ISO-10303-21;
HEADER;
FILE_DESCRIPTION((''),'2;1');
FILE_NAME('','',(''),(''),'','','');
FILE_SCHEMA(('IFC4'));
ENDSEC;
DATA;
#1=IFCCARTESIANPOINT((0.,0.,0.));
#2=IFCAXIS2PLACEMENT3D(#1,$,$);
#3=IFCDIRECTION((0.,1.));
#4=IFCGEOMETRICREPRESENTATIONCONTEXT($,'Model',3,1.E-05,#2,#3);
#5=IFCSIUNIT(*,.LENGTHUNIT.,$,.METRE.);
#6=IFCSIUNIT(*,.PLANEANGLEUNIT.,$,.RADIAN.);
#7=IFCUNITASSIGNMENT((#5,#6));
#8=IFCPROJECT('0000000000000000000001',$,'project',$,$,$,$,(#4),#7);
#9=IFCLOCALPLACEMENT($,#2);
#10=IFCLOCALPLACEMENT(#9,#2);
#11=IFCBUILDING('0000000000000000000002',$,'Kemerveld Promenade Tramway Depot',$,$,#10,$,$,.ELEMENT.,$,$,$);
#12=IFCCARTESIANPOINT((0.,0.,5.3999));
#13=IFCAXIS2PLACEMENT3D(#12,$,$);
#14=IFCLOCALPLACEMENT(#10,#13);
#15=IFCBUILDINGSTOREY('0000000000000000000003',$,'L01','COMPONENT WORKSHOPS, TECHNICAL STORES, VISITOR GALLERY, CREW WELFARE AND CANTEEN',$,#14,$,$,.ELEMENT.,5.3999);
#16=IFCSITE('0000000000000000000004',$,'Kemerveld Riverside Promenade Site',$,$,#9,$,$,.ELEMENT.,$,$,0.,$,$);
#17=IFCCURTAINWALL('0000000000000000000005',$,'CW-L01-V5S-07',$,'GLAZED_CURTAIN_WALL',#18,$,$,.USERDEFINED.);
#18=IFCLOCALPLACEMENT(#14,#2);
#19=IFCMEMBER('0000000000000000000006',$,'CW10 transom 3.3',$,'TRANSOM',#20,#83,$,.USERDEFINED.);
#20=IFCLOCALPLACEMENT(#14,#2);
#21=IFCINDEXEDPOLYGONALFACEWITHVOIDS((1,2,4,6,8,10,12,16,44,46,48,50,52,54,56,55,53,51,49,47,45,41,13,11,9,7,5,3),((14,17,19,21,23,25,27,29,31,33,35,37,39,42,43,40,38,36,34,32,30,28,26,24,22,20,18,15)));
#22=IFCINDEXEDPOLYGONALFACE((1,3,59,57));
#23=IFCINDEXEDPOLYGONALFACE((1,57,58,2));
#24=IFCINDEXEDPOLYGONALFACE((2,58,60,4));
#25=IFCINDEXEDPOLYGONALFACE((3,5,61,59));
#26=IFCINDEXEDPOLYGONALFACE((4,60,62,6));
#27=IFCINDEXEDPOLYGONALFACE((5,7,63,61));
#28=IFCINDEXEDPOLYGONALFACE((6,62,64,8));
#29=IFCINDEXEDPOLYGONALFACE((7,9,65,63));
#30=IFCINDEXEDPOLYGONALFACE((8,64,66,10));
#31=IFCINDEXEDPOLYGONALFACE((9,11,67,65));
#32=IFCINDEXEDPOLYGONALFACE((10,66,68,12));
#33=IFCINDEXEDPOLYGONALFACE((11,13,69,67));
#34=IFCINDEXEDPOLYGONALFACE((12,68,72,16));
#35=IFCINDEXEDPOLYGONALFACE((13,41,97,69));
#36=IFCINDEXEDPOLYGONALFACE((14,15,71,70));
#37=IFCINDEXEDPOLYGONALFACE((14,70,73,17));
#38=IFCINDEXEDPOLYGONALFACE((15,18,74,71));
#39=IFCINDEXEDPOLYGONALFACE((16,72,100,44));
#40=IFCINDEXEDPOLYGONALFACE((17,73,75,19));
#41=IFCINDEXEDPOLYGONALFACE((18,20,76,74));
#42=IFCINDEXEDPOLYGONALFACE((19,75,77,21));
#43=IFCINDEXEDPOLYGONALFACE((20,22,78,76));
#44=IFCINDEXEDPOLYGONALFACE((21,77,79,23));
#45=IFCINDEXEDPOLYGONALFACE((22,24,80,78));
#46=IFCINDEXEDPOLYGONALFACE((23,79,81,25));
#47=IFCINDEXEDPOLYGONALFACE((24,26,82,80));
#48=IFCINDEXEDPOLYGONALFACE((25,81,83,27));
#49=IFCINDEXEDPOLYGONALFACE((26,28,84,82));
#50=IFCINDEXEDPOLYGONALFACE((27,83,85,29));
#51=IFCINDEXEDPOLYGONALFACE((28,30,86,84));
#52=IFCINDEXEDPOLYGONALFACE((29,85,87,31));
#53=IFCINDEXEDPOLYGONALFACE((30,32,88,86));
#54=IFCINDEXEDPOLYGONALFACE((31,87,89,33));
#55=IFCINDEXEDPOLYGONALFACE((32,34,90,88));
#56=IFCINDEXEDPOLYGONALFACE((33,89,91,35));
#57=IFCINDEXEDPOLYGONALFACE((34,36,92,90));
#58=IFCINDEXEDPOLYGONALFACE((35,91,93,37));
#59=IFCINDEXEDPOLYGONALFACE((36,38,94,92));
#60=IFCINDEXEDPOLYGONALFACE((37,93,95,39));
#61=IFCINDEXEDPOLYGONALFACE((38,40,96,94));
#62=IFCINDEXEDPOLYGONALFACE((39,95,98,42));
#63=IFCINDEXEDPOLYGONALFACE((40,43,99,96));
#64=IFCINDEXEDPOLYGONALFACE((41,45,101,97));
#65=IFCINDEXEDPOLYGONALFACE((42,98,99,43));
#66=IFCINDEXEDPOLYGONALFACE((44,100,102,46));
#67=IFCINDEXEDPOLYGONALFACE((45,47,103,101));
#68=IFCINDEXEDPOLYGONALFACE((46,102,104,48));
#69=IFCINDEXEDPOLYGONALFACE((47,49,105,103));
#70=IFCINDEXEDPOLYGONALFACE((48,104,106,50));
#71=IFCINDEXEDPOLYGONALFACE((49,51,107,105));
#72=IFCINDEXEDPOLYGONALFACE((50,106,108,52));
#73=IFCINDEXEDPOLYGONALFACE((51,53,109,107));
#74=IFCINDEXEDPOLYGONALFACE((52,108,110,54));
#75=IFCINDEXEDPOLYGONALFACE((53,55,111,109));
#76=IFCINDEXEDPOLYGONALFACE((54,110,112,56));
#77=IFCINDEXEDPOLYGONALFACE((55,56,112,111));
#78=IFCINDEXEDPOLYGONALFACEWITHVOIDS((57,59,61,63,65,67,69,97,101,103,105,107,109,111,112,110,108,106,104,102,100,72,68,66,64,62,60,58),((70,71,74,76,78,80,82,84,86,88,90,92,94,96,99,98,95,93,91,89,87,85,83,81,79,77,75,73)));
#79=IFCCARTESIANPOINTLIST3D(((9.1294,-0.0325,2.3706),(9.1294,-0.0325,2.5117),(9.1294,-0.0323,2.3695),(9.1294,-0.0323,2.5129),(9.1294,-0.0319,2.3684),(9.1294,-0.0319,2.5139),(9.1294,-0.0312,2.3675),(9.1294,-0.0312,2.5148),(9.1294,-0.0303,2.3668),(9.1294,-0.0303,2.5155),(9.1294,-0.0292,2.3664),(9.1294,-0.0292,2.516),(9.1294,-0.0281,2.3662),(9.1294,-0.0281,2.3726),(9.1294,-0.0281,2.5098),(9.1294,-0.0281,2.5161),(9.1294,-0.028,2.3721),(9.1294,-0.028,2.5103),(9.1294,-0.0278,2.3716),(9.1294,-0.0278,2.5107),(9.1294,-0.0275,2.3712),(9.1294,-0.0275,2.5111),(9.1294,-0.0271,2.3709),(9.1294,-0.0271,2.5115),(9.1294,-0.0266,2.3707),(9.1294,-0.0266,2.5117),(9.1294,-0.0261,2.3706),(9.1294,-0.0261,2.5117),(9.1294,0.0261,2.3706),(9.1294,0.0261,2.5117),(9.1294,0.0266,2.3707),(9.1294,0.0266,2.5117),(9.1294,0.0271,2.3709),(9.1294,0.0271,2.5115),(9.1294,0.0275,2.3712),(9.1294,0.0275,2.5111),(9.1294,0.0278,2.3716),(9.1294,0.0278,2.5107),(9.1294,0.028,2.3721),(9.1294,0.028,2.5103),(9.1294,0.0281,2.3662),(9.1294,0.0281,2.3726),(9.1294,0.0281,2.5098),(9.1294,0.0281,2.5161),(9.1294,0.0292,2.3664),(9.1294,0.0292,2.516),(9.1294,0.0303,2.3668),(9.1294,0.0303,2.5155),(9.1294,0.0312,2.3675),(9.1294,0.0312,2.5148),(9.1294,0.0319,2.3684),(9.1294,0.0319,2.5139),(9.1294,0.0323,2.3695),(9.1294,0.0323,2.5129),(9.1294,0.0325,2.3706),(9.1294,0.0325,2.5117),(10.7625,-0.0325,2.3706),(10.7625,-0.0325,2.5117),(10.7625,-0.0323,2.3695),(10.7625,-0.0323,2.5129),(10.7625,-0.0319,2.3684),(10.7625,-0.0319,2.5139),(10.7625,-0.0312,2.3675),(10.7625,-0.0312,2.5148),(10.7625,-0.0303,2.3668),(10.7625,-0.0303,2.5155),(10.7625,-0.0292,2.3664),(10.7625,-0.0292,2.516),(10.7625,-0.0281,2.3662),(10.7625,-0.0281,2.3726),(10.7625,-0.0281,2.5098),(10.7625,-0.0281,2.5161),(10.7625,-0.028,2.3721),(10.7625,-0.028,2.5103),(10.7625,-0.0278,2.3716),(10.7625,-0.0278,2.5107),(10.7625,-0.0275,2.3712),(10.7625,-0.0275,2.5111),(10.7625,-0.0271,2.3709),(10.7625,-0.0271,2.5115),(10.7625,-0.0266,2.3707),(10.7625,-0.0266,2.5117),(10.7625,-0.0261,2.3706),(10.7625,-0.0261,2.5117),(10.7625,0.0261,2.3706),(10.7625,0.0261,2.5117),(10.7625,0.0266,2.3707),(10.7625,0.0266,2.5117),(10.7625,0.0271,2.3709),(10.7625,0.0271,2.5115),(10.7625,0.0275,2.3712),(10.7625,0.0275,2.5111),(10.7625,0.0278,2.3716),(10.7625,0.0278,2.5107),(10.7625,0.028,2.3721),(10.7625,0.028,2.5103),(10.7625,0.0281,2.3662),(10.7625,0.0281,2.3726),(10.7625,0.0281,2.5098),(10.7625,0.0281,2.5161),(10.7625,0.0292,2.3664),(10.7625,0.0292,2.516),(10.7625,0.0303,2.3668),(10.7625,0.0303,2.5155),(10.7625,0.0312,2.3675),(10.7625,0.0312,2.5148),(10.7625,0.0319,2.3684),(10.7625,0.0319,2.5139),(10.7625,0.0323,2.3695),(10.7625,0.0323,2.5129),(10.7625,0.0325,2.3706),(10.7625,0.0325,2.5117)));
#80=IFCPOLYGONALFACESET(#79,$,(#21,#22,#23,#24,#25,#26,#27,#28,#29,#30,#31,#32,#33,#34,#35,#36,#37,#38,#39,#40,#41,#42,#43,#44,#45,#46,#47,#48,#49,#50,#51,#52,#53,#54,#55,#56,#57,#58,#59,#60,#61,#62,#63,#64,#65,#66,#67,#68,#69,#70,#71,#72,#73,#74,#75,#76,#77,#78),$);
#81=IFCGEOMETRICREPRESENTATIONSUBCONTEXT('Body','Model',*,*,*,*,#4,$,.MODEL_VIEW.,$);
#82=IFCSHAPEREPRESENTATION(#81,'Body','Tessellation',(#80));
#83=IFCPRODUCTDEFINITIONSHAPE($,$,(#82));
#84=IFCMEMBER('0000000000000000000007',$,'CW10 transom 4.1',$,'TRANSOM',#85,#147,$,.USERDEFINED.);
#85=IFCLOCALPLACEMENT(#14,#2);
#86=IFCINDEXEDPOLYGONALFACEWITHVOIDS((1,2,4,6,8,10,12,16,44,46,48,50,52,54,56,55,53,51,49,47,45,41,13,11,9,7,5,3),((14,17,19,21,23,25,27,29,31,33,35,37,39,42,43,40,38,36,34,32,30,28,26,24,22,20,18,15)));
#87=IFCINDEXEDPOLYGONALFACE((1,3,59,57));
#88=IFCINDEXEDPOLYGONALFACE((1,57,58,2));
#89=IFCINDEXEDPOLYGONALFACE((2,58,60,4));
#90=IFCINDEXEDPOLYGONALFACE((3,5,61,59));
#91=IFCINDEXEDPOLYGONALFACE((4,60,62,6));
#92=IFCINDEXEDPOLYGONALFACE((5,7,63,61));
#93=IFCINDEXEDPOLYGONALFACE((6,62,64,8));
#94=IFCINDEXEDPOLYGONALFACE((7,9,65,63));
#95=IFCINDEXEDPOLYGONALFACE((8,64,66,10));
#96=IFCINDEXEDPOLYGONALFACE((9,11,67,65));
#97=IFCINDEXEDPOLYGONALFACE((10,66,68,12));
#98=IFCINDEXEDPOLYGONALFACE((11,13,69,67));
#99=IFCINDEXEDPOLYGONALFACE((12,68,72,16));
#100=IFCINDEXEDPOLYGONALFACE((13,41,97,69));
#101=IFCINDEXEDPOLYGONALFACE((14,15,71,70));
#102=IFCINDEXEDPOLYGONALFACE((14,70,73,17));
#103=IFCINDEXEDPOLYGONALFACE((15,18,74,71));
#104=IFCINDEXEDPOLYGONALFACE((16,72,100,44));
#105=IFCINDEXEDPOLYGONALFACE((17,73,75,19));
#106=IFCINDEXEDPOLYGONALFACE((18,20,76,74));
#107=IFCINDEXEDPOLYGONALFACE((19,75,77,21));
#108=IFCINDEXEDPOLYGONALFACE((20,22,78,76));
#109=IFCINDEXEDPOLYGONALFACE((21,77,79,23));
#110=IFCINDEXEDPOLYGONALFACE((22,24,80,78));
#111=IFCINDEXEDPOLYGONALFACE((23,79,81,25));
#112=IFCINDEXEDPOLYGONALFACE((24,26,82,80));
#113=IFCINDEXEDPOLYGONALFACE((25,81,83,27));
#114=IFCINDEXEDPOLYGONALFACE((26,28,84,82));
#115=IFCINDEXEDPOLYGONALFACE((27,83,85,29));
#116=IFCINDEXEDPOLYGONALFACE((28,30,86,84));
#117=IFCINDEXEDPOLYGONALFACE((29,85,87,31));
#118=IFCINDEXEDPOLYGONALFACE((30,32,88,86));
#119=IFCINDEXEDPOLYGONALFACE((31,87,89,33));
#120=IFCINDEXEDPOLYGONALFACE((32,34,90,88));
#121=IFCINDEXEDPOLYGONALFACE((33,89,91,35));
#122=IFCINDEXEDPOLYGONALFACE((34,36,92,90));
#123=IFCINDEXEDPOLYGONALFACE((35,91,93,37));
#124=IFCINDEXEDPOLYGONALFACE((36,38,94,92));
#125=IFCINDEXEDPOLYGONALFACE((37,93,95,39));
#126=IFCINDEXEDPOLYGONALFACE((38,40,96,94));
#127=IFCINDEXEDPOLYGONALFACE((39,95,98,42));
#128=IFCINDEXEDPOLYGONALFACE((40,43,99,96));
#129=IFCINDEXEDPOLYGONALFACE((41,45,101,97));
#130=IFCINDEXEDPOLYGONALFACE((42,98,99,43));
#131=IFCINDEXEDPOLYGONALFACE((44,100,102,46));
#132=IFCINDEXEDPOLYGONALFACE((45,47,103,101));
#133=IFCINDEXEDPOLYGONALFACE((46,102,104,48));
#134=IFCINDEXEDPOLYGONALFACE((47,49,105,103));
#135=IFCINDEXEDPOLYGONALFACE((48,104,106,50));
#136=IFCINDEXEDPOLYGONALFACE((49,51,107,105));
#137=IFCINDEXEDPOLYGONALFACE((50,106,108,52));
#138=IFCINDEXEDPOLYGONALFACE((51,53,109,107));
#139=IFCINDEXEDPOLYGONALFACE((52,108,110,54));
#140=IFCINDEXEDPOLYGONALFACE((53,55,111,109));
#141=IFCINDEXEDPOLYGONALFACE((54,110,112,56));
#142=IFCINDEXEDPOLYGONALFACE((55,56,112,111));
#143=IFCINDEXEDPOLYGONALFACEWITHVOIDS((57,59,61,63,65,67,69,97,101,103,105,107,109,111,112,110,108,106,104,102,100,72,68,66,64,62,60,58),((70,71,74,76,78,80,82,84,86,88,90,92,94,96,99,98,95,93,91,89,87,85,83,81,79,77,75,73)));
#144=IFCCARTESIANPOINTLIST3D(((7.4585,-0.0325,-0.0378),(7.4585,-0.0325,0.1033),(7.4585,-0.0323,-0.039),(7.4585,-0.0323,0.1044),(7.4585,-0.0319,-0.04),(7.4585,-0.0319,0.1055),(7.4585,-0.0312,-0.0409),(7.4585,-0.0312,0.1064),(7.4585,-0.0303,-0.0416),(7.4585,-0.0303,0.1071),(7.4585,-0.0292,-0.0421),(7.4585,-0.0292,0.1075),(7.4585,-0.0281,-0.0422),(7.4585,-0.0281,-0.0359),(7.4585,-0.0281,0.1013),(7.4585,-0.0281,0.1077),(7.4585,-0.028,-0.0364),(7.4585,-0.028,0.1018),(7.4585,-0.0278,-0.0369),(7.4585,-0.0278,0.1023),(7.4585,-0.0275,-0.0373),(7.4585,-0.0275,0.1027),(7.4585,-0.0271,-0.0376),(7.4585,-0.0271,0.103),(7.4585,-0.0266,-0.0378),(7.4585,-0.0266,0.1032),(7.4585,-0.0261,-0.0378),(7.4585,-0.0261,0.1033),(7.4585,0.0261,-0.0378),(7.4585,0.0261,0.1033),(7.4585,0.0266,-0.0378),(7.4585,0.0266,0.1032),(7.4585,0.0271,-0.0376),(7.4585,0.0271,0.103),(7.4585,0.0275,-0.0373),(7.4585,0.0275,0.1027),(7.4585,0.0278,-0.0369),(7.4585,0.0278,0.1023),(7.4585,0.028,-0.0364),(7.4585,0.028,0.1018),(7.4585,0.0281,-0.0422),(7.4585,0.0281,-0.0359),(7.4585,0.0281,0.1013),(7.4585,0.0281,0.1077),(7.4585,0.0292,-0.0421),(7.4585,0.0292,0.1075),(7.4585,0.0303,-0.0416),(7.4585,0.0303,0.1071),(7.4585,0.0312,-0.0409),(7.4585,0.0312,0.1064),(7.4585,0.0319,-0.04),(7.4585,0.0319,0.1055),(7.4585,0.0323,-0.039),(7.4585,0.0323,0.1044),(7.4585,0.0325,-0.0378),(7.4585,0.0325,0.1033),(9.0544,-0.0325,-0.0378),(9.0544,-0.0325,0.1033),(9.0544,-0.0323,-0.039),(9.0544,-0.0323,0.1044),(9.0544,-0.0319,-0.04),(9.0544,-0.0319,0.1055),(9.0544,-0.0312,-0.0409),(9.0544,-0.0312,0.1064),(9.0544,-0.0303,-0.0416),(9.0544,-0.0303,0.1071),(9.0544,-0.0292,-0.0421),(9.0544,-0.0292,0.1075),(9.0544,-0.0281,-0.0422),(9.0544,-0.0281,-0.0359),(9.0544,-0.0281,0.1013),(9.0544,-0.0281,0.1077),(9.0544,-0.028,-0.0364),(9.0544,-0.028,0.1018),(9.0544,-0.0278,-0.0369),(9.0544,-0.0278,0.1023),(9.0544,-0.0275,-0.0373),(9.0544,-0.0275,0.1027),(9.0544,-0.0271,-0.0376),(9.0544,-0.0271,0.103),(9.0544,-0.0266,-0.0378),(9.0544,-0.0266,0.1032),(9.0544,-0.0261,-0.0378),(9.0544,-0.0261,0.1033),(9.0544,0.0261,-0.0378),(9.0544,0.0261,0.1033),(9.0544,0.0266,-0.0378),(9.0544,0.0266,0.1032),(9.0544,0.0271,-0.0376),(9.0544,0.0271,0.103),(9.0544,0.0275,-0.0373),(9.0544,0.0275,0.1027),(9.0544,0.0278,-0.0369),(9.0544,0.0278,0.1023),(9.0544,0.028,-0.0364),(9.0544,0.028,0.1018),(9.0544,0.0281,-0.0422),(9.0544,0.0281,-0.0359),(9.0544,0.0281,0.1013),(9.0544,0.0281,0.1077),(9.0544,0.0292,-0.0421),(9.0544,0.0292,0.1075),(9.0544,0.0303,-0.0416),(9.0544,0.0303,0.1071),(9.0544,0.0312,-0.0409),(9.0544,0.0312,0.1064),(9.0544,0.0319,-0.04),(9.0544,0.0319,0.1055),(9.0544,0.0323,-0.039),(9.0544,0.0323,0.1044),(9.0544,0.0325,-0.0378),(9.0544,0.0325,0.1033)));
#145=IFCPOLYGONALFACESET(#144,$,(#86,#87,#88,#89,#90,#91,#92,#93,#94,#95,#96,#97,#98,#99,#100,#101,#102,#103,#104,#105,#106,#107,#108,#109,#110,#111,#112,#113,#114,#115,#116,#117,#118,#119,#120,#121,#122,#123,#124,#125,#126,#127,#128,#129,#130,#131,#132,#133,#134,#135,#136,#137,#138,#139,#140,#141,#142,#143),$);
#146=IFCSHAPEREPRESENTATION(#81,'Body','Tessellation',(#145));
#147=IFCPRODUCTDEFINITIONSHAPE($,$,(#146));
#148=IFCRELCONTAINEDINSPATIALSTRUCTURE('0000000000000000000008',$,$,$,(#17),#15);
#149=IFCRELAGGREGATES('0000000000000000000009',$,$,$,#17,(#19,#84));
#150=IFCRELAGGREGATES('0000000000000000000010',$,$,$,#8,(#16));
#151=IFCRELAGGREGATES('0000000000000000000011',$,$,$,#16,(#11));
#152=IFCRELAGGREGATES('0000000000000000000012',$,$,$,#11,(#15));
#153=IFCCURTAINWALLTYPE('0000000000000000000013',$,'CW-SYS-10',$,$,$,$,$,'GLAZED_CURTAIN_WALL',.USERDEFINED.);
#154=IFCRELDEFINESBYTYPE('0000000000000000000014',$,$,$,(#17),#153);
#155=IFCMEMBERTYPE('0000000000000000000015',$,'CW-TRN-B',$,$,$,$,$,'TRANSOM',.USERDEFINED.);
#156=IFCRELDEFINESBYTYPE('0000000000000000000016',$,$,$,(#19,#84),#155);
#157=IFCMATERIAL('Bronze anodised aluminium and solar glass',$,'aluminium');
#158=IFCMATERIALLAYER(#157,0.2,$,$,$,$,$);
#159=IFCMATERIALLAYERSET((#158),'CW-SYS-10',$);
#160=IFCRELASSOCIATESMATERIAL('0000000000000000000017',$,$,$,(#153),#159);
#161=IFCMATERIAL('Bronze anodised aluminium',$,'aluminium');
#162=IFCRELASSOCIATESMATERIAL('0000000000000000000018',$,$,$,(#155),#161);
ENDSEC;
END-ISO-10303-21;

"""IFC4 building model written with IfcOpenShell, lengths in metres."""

from ifc_helpers import new_model, si_unit, direction, frame, origin, origin_2d, place, context, subcontext, project, spatial, hollow_rectangle, extrude, material, layer, layer_set, material_profile, profile_set, type_object, element, aggregate, save


model = new_model("IFC4")

# Units and contexts
model_context = context("Model", 3, precision=1e-05, world=origin(), true_north=direction((0.0, 1.0)))
body_context = subcontext(model_context, "Body", "Model", "MODEL_VIEW")
ifc_project = project(units=[si_unit("LENGTHUNIT", "METRE"), si_unit("PLANEANGLEUNIT", "RADIAN")], contexts=[model_context])

# Site, building, storey
site_placement = place(None, origin())
site = spatial("IfcSite", under=ifc_project, at=site_placement, Name="Kemerveld Riverside Promenade Site", CompositionType="ELEMENT", RefElevation=0.0)
building_placement = place(site_placement, origin())
building = spatial("IfcBuilding", under=site, at=building_placement, Name="Kemerveld Promenade Tramway Depot", CompositionType="ELEMENT")
storey_placement = place(building_placement, frame((0.0, 0.0, 5.3999)))
storey = spatial("IfcBuildingStorey", under=building, at=storey_placement, Name="L01", Description="COMPONENT WORKSHOPS, TECHNICAL STORES, VISITOR GALLERY, CREW WELFARE AND CANTEEN", CompositionType="ELEMENT", Elevation=5.3999)

# Curtain wall, members
ifc_material_1 = material(Name="Bronze anodised aluminium and solar glass", Category="aluminium")
ifc_layer_1 = layer(ifc_material_1, 0.2)
ifc_layer_set_1 = layer_set([ifc_layer_1], Name="CW-SYS-10")
curtain_wall_type = type_object("IfcCurtainWallType", Name="CW-SYS-10", ElementType="GLAZED_CURTAIN_WALL", PredefinedType="USERDEFINED", material=ifc_layer_set_1)
curtain_wall_placement = place(storey_placement, origin())
curtain_wall = element("IfcCurtainWall", 1, at=curtain_wall_placement, inside=storey, type_object=curtain_wall_type, Name="CW-L01-V5S-07", ObjectType="GLAZED_CURTAIN_WALL", PredefinedType="USERDEFINED")
ifc_material_2 = material(Name="Bronze anodised aluminium", Category="aluminium")
ifc_material_profile_1 = material_profile(ifc_material_2, hollow_rectangle(XDim=0.0649, YDim=0.1499, WallThickness=0.0044, InnerFilletRadius=0.002, OuterFilletRadius=0.0044, at=origin_2d()), Name="CW-TRN-150x65")
ifc_profile_set_1 = profile_set([ifc_material_profile_1], Name="Bronze anodised aluminium")
member_type_1 = type_object("IfcMemberType", Name="CW-TRN-B", ElementType="TRANSOM", PredefinedType="USERDEFINED", material=ifc_profile_set_1)
member_1_placement = place(storey_placement, frame((10.7625, 0.0, 2.4412), z_axis=(-1.0, 0.0, 0.0), x_axis=(0.0, -1.0, 0.0)))
member_1 = element("IfcMember", 2, at=member_1_placement, type_object=member_type_1, Name="CW10 transom 3.3", ObjectType="TRANSOM", PredefinedType="USERDEFINED", context=body_context, shape_type="SweptSolid", body=[
    extrude(hollow_rectangle(XDim=0.0649, YDim=0.1499, WallThickness=0.0044, InnerFilletRadius=0.002, OuterFilletRadius=0.0044, at=origin_2d()), origin(), (0.0, 0.0, 1.0), 1.6331),
])
member_2_placement = place(storey_placement, frame((9.0544, 0.0, 0.0327), z_axis=(-1.0, 0.0, 0.0), x_axis=(0.0, -1.0, 0.0)))
member_2 = element("IfcMember", 3, at=member_2_placement, type_object=member_type_1, Name="CW10 transom 4.1", ObjectType="TRANSOM", PredefinedType="USERDEFINED", context=body_context, shape_type="SweptSolid", body=[
    extrude(hollow_rectangle(XDim=0.0649, YDim=0.1499, WallThickness=0.0044, InnerFilletRadius=0.002, OuterFilletRadius=0.0044, at=origin_2d()), origin(), (0.0, 0.0, 1.0), 1.5959),
])
aggregate(curtain_wall, [member_1, member_2])

save(model, "model.ifc")
